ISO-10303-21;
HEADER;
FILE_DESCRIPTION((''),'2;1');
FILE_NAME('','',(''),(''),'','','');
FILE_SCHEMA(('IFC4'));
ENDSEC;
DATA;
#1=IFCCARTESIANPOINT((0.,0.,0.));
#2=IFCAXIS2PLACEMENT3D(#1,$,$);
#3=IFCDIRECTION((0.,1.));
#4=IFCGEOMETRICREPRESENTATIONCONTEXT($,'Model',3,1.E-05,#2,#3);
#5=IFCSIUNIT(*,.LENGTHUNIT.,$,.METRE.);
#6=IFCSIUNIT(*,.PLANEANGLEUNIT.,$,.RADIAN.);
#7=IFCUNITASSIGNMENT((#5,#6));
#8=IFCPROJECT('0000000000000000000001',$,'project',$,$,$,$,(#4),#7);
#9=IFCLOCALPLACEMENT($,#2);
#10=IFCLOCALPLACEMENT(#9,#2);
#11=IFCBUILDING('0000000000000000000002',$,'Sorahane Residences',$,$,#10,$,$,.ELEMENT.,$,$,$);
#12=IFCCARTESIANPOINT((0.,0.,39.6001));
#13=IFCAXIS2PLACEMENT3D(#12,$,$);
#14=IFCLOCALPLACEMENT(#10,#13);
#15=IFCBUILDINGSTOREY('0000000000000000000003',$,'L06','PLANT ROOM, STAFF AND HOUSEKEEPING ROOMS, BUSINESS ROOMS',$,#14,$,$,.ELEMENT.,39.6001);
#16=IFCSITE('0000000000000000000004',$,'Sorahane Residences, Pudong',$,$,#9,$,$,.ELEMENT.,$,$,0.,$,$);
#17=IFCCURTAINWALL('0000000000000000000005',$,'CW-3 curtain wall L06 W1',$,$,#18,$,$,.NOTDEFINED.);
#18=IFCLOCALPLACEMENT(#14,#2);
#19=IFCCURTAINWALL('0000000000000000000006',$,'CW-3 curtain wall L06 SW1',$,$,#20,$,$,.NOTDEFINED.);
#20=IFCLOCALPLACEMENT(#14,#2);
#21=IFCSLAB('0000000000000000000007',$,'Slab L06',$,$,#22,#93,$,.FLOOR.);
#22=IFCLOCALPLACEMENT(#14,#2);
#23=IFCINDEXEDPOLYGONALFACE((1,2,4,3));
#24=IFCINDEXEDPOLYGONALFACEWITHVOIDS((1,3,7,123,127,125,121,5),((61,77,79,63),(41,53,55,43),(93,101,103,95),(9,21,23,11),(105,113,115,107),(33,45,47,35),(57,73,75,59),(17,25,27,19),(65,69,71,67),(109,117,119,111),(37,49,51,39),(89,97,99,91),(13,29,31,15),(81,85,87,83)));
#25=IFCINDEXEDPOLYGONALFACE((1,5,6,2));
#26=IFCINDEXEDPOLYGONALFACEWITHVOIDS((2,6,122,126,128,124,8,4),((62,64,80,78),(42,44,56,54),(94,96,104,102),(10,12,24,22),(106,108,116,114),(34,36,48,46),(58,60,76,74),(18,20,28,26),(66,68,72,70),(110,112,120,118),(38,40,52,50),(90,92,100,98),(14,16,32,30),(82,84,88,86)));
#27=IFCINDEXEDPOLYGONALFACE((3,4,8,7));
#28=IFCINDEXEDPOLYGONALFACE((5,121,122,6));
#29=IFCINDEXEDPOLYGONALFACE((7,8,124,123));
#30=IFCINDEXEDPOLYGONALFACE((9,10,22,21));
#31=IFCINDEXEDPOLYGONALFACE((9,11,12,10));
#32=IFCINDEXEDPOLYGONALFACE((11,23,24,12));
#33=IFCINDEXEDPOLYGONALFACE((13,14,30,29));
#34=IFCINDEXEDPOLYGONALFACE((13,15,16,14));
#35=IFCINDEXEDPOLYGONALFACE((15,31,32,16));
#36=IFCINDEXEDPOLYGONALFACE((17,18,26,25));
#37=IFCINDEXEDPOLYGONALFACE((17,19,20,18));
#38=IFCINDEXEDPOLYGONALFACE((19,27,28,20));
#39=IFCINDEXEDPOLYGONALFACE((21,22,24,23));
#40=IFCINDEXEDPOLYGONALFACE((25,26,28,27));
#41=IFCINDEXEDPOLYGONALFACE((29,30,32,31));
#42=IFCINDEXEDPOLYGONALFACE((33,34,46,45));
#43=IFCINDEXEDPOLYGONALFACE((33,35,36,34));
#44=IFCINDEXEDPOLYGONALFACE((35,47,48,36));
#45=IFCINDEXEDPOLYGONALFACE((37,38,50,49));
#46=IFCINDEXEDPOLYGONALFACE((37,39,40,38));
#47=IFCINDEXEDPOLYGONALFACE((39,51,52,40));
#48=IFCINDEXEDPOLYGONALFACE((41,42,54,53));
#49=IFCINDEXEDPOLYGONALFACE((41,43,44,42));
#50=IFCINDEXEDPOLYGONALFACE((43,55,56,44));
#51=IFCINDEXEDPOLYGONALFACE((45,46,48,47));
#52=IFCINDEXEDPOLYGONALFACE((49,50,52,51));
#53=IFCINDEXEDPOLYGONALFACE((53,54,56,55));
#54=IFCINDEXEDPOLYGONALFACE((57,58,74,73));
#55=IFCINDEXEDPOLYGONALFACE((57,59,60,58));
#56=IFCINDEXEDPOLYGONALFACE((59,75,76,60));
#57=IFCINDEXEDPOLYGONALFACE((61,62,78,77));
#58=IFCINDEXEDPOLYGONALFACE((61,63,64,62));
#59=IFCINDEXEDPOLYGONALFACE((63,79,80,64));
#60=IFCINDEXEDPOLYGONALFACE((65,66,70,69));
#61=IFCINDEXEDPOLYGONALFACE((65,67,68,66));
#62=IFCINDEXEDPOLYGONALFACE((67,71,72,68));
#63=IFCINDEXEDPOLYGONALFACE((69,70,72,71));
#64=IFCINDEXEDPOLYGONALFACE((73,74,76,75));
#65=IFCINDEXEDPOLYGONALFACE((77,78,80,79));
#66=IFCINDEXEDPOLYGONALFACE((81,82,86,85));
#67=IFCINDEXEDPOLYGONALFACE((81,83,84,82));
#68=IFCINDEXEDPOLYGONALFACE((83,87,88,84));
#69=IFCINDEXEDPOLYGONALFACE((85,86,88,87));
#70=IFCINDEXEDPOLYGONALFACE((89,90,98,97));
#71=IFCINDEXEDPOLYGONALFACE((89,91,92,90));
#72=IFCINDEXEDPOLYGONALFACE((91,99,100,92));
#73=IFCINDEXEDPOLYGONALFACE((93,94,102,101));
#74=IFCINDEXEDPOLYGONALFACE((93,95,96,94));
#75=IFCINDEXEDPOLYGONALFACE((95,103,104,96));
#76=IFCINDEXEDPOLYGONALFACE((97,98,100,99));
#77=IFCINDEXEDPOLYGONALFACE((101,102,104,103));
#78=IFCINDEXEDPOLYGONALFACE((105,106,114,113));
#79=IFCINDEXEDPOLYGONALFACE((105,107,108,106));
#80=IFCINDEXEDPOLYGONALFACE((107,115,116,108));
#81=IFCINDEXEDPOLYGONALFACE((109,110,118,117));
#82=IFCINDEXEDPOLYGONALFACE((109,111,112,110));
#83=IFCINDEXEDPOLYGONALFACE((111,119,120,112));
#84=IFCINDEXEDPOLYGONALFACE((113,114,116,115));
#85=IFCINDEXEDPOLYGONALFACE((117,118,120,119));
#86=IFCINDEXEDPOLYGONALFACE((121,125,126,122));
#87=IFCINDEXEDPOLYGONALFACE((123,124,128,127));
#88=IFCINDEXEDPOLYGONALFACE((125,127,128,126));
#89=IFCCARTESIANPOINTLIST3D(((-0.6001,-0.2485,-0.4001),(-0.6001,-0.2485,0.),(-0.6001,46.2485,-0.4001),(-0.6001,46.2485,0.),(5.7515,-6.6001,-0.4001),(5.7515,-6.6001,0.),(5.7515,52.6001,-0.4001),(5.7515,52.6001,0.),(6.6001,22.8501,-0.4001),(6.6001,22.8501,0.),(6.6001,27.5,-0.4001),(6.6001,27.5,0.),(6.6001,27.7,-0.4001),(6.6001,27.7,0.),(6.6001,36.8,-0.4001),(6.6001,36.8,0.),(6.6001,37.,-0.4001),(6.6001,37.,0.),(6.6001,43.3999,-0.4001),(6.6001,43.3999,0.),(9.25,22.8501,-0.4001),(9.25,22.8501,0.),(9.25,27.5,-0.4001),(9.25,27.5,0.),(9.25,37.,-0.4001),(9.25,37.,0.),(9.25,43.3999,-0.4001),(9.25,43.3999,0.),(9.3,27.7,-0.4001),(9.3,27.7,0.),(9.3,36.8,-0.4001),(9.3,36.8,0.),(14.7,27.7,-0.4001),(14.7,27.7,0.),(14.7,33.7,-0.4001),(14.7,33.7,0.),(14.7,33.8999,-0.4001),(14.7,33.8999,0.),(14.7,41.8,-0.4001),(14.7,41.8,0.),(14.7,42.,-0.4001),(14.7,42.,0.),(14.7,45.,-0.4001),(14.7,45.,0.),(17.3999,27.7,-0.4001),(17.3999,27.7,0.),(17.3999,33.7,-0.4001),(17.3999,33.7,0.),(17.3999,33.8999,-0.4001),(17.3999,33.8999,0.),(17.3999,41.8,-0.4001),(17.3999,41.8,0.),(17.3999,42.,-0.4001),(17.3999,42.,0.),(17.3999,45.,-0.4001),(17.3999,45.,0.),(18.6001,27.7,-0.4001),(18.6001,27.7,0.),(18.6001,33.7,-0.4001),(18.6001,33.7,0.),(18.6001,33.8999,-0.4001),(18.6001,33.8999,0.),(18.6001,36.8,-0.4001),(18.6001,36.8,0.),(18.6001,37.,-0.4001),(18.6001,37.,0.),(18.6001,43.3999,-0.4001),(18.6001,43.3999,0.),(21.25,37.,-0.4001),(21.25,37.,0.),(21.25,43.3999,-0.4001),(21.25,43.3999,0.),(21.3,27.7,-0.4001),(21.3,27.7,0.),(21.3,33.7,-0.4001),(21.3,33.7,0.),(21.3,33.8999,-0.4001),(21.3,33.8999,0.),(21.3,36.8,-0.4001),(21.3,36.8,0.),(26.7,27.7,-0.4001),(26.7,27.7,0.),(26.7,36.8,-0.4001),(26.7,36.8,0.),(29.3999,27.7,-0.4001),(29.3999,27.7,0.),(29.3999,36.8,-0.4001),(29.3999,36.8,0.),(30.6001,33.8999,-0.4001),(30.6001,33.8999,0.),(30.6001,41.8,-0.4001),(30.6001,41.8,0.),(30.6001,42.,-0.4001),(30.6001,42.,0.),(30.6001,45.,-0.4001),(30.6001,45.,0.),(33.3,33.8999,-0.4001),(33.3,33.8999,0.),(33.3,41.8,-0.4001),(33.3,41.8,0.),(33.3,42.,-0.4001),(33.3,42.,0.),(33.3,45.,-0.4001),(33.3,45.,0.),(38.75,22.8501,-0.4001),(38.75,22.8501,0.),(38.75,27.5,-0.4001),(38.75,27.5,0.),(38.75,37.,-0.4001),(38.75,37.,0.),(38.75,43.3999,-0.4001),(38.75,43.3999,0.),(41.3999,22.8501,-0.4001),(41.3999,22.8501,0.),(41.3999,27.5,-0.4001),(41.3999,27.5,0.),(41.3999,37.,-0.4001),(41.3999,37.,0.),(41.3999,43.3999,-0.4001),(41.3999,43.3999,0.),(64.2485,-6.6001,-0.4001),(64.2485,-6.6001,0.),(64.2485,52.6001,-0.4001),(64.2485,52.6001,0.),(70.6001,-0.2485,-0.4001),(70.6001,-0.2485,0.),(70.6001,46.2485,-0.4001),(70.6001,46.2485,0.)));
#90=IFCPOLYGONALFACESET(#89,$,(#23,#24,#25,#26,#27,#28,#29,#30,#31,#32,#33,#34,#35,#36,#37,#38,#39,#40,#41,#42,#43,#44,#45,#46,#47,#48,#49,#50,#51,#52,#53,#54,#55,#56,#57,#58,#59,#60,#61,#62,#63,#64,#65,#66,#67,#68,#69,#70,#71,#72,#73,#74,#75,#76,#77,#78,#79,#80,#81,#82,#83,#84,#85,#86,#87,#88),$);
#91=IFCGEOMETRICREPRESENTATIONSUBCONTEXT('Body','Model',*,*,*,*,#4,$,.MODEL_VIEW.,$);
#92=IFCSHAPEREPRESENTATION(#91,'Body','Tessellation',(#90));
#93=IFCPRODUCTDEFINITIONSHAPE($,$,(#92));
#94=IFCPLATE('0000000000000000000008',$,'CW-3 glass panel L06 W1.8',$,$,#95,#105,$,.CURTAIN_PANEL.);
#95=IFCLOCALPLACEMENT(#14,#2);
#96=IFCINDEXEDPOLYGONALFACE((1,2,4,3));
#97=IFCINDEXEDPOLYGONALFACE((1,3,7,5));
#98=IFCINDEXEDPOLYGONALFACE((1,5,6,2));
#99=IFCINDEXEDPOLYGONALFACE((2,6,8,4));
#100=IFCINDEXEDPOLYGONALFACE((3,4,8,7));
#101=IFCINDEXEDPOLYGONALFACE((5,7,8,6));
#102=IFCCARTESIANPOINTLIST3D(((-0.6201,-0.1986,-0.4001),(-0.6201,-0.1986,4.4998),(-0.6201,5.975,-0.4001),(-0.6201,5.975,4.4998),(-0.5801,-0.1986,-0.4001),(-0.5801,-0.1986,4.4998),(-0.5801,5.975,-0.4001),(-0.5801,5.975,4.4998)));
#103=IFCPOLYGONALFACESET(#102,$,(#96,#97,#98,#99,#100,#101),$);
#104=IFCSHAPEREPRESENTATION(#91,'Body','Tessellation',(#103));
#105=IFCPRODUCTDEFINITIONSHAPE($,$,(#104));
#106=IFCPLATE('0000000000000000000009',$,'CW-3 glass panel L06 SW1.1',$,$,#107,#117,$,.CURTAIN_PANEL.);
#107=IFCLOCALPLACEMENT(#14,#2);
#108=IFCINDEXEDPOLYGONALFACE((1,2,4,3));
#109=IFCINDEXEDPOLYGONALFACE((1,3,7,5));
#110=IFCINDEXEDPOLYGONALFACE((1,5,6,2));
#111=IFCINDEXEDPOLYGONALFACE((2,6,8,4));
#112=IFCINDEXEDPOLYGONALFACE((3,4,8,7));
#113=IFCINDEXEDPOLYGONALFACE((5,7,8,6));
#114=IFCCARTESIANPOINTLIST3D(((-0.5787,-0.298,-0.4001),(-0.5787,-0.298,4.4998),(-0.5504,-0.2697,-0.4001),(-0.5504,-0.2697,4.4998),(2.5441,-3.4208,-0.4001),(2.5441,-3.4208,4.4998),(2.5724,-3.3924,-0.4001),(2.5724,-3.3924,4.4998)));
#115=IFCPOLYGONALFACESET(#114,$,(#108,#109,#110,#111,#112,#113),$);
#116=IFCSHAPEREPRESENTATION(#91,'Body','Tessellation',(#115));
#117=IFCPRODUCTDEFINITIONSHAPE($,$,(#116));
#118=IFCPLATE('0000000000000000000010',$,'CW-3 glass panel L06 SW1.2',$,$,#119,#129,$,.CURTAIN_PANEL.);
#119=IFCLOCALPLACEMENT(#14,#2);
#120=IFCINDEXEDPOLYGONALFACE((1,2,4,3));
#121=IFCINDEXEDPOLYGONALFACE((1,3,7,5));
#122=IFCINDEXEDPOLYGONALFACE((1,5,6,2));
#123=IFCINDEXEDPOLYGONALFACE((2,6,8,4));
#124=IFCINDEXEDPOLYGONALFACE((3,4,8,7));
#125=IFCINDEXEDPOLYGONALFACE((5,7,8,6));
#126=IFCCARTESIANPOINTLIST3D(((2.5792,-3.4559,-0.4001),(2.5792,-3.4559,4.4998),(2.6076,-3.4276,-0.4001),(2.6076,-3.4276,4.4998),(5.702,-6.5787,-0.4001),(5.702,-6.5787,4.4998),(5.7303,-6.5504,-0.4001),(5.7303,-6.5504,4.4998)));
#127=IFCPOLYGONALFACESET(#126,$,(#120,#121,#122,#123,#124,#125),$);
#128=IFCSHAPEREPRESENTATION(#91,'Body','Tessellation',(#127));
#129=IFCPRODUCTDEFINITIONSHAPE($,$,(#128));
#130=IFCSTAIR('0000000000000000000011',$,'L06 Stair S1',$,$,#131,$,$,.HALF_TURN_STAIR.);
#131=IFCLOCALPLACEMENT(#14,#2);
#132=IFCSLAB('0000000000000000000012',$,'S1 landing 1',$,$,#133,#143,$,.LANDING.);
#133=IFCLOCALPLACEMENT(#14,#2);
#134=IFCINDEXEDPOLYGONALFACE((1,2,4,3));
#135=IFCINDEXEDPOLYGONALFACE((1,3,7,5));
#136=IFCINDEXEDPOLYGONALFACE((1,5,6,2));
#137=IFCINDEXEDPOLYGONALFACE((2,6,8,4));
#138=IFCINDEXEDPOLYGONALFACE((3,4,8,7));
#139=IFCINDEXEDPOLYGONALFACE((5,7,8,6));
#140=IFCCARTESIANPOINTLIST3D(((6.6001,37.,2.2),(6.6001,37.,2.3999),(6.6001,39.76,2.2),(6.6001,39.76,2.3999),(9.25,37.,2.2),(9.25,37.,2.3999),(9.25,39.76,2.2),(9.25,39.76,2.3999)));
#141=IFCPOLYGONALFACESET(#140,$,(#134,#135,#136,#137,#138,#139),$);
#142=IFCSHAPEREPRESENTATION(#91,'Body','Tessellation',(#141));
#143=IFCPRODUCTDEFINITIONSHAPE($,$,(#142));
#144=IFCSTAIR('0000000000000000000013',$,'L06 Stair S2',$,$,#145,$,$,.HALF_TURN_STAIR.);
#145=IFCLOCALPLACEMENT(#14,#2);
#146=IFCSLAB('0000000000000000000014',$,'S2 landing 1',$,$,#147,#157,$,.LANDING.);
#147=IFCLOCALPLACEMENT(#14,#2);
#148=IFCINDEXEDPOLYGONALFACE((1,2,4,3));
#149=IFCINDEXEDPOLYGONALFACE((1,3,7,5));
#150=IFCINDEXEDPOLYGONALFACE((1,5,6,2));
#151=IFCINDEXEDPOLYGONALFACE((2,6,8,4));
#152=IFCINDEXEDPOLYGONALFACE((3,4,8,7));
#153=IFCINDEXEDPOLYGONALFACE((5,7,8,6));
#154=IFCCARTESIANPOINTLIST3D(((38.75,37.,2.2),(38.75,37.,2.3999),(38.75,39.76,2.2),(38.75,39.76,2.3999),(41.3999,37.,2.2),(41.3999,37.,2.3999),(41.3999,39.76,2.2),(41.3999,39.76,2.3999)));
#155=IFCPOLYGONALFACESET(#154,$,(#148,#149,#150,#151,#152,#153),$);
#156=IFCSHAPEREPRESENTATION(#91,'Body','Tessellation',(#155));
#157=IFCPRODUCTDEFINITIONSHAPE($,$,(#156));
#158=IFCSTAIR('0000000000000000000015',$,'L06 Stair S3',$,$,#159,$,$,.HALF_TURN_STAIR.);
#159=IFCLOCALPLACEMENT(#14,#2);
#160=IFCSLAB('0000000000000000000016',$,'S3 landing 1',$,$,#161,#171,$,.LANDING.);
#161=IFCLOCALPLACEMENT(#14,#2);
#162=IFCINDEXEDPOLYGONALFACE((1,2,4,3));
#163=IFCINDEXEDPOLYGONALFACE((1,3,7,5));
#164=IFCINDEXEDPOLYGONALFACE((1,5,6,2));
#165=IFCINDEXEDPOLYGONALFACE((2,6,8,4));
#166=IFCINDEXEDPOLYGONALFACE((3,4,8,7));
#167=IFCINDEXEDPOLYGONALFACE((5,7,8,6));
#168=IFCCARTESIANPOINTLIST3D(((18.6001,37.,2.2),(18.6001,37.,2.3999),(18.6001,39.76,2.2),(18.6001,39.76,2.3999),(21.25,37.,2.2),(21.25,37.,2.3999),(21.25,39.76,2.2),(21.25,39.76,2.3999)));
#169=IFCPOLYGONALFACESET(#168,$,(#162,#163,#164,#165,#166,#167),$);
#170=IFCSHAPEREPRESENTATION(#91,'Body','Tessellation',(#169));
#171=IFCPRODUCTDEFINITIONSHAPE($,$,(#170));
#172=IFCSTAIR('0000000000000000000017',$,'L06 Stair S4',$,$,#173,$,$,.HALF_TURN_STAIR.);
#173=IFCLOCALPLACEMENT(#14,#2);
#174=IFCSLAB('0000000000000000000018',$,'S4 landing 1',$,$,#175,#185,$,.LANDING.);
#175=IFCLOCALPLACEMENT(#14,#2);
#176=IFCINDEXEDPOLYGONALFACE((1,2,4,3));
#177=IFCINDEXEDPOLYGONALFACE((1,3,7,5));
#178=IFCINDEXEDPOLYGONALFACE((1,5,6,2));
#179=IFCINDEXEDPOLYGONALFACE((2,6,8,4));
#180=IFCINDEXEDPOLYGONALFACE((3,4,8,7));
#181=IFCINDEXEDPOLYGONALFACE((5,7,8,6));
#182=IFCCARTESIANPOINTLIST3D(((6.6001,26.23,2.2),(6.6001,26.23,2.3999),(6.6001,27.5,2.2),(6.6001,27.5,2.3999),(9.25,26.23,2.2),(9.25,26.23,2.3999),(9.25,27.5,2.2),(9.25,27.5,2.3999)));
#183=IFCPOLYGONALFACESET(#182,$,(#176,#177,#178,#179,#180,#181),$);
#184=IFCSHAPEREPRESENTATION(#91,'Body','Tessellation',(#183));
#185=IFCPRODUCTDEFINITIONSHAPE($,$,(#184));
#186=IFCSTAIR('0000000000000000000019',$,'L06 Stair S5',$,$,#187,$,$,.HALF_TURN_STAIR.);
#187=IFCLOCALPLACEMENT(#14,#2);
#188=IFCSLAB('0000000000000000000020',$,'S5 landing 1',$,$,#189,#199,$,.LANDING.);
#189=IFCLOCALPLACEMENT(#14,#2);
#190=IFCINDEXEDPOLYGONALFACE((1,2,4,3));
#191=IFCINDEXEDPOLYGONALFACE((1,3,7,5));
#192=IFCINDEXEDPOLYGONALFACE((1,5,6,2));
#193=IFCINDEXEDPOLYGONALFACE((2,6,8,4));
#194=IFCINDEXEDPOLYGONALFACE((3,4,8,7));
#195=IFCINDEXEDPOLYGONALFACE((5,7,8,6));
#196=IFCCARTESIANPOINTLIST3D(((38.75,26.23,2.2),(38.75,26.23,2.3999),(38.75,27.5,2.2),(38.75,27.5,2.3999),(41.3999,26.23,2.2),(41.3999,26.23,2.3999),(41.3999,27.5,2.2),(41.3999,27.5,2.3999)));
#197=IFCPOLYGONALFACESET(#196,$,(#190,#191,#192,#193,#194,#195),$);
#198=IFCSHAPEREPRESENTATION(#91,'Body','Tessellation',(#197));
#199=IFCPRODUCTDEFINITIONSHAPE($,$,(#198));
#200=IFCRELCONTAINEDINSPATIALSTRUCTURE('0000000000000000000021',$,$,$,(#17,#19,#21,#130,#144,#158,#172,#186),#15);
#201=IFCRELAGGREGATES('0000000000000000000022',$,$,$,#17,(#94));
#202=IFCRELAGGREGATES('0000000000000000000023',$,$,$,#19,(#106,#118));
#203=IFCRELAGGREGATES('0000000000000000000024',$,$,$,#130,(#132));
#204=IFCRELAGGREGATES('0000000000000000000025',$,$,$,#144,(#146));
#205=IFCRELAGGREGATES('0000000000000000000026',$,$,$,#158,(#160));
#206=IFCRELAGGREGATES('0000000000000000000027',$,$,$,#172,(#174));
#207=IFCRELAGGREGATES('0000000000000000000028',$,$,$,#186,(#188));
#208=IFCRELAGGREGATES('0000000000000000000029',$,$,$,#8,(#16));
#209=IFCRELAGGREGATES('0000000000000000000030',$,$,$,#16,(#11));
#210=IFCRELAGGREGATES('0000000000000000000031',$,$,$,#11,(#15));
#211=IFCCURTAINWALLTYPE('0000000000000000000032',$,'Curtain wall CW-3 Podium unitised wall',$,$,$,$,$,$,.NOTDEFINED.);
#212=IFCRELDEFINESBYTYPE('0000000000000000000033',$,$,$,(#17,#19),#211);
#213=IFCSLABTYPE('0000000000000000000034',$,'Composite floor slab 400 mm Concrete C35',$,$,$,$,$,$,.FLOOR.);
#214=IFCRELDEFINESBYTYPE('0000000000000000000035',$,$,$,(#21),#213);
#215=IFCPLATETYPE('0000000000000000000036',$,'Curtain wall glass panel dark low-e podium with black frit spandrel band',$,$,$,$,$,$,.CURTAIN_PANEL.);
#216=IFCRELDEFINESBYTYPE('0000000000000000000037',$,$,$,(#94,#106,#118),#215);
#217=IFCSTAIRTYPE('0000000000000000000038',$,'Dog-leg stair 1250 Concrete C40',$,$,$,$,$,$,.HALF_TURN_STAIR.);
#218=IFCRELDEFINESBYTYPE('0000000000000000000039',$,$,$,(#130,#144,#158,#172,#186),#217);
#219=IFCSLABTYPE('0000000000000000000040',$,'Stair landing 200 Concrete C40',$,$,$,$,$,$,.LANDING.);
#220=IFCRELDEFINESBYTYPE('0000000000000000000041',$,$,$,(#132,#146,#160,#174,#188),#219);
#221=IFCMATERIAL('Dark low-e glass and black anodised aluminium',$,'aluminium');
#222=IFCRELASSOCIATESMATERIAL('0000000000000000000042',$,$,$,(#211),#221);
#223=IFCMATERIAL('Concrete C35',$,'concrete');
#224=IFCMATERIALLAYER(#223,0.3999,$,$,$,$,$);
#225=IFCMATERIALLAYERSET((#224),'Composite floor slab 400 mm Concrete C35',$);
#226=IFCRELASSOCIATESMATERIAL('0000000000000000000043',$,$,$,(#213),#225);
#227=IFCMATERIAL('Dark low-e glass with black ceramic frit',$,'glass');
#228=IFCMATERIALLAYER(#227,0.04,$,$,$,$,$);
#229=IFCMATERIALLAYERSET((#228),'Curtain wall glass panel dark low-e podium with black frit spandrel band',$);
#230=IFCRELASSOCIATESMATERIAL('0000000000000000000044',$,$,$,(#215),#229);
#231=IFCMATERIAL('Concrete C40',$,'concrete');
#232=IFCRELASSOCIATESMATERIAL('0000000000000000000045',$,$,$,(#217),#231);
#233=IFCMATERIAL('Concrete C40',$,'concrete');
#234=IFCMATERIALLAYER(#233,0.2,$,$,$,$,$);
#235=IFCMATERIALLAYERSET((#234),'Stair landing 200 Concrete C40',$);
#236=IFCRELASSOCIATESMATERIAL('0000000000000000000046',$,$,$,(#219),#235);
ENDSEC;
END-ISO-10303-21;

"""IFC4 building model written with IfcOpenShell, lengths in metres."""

from ifc_helpers import new_model, si_unit, direction, frame, origin, origin_2d, place, context, subcontext, project, spatial, polyline, rectangle, outline, extrude, material, layer, layer_set, type_object, element, aggregate, save


model = new_model("IFC4")

# Units and contexts
model_context = context("Model", 3, precision=1e-05, world=origin(), true_north=direction((0.0, 1.0)))
body_context = subcontext(model_context, "Body", "Model", "MODEL_VIEW")
ifc_project = project(units=[si_unit("LENGTHUNIT", "METRE"), si_unit("PLANEANGLEUNIT", "RADIAN")], contexts=[model_context])

# Site, building, storey
site_placement = place(None, origin())
site = spatial("IfcSite", under=ifc_project, at=site_placement, Name="Sorahane Residences, Pudong", CompositionType="ELEMENT", RefElevation=0.0)
building_placement = place(site_placement, origin())
building = spatial("IfcBuilding", under=site, at=building_placement, Name="Sorahane Residences", CompositionType="ELEMENT")
storey_placement = place(building_placement, frame((0.0, 0.0, 39.6001)))
storey = spatial("IfcBuildingStorey", under=building, at=storey_placement, Name="L06", Description="PLANT ROOM, STAFF AND HOUSEKEEPING ROOMS, BUSINESS ROOMS", CompositionType="ELEMENT", Elevation=39.6001)

# Curtain walls
ifc_material_1 = material(Name="Dark low-e glass and black anodised aluminium", Category="aluminium")
curtain_wall_type = type_object("IfcCurtainWallType", Name="Curtain wall CW-3 Podium unitised wall", PredefinedType="NOTDEFINED", material=ifc_material_1)
curtain_wall_1_placement = place(storey_placement, origin())
curtain_wall_1 = element("IfcCurtainWall", 1, at=curtain_wall_1_placement, inside=storey, type_object=curtain_wall_type, Name="CW-3 curtain wall L06 W1", PredefinedType="NOTDEFINED")
curtain_wall_2_placement = place(storey_placement, origin())
curtain_wall_2 = element("IfcCurtainWall", 2, at=curtain_wall_2_placement, inside=storey, type_object=curtain_wall_type, Name="CW-3 curtain wall L06 SW1", PredefinedType="NOTDEFINED")

# Slab
ifc_material_2 = material(Name="Concrete C35", Category="concrete")
ifc_layer_1 = layer(ifc_material_2, 0.3999)
ifc_layer_set_1 = layer_set([ifc_layer_1], Name="Composite floor slab 400 mm Concrete C35")
slab_type_1 = type_object("IfcSlabType", Name="Composite floor slab 400 mm Concrete C35", PredefinedType="FLOOR", material=ifc_layer_set_1)
slab_1_placement = place(storey_placement, frame((0.0, 0.0, -0.4001)))
element("IfcSlab", 3, at=slab_1_placement, inside=storey, type_object=slab_type_1, Name="Slab L06", PredefinedType="FLOOR", context=body_context, shape_type="SweptSolid", body=[
    extrude(outline(polyline([(5.7515, -6.6001), (-0.6001, -0.2485), (-0.6001, 46.2485), (5.7515, 52.6001), (64.2485, 52.6001), (70.6001, 46.2485), (70.6001, -0.2485), (64.2485, -6.6001), (5.7515, -6.6001)]), holes=[polyline([(18.6001, 27.7), (21.3, 27.7), (21.3, 33.7), (18.6001, 33.7), (18.6001, 27.7)]), polyline([(30.6001, 42.0), (33.3, 42.0), (33.3, 45.0), (30.6001, 45.0), (30.6001, 42.0)]), polyline([(14.7, 27.7), (17.3999, 27.7), (17.3999, 33.7), (14.7, 33.7), (14.7, 27.7)]), polyline([(14.7, 42.0), (17.3999, 42.0), (17.3999, 45.0), (14.7, 45.0), (14.7, 42.0)]), polyline([(6.6001, 27.7), (9.3, 27.7), (9.3, 36.8), (6.6001, 36.8), (6.6001, 27.7)]), polyline([(6.6001, 43.3999), (6.6001, 37.0), (9.25, 37.0), (9.25, 43.3999), (6.6001, 43.3999)]), polyline([(38.75, 43.3999), (38.75, 37.0), (41.3999, 37.0), (41.3999, 43.3999), (38.75, 43.3999)]), polyline([(18.6001, 43.3999), (18.6001, 37.0), (21.25, 37.0), (21.25, 43.3999), (18.6001, 43.3999)]), polyline([(9.25, 22.8501), (9.25, 27.5), (6.6001, 27.5), (6.6001, 22.8501), (9.25, 22.8501)]), polyline([(41.3999, 22.8501), (41.3999, 27.5), (38.75, 27.5), (38.75, 22.8501), (41.3999, 22.8501)]), polyline([(14.7, 33.8999), (17.3999, 33.8999), (17.3999, 41.8), (14.7, 41.8), (14.7, 33.8999)]), polyline([(30.6001, 33.8999), (33.3, 33.8999), (33.3, 41.8), (30.6001, 41.8), (30.6001, 33.8999)]), polyline([(18.6001, 33.8999), (21.3, 33.8999), (21.3, 36.8), (18.6001, 36.8), (18.6001, 33.8999)]), polyline([(26.7, 27.7), (29.3999, 27.7), (29.3999, 36.8), (26.7, 36.8), (26.7, 27.7)])]), origin(), (0.0, 0.0, 1.0), 0.4001),
])

# Plates
ifc_material_3 = material(Name="Dark low-e glass with black ceramic frit", Category="glass")
ifc_layer_2 = layer(ifc_material_3, 0.04)
ifc_layer_set_2 = layer_set([ifc_layer_2], Name="Curtain wall glass panel dark low-e podium with black frit spandrel band")
plate_type = type_object("IfcPlateType", Name="Curtain wall glass panel dark low-e podium with black frit spandrel band", PredefinedType="CURTAIN_PANEL", material=ifc_layer_set_2)
plate_1_placement = place(storey_placement, frame((-0.6001, 2.8882, -0.4001), z_axis=(0.0, 0.0, 1.0), x_axis=(0.0, -1.0, 0.0)))
plate_1 = element("IfcPlate", 4, at=plate_1_placement, type_object=plate_type, Name="CW-3 glass panel L06 W1.8", PredefinedType="CURTAIN_PANEL", context=body_context, shape_type="SweptSolid", body=[
    extrude(rectangle(XDim=6.1736, YDim=0.04, at=origin_2d()), origin(), (0.0, 0.0, 1.0), 4.8999),
])
aggregate(curtain_wall_1, [plate_1])
plate_2_placement = place(storey_placement, frame((0.9968, -1.8452, -0.4001), z_axis=(0.0, 0.0, 1.0), x_axis=(0.707107, -0.707107, 0.0)))
plate_2 = element("IfcPlate", 5, at=plate_2_placement, type_object=plate_type, Name="CW-3 glass panel L06 SW1.1", PredefinedType="CURTAIN_PANEL", context=body_context, shape_type="SweptSolid", body=[
    extrude(rectangle(XDim=4.4163, YDim=0.04, at=origin_2d()), origin(), (0.0, 0.0, 1.0), 4.8999),
])
plate_3_placement = place(storey_placement, frame((4.1548, -5.0032, -0.4001), z_axis=(0.0, 0.0, 1.0), x_axis=(0.707107, -0.707107, 0.0)))
plate_3 = element("IfcPlate", 6, at=plate_3_placement, type_object=plate_type, Name="CW-3 glass panel L06 SW1.2", PredefinedType="CURTAIN_PANEL", context=body_context, shape_type="SweptSolid", body=[
    extrude(rectangle(XDim=4.4163, YDim=0.04, at=origin_2d()), origin(), (0.0, 0.0, 1.0), 4.8999),
])
aggregate(curtain_wall_2, [plate_2, plate_3])

# Stairs, slabs
ifc_material_4 = material(Name="Concrete C40", Category="concrete")
stair_type = type_object("IfcStairType", Name="Dog-leg stair 1250 Concrete C40", PredefinedType="HALF_TURN_STAIR", material=ifc_material_4)
stair_1_placement = place(storey_placement, origin())
stair_1 = element("IfcStair", 7, at=stair_1_placement, inside=storey, type_object=stair_type, Name="L06 Stair S1", PredefinedType="HALF_TURN_STAIR")
ifc_material_5 = material(Name="Concrete C40", Category="concrete")
ifc_layer_3 = layer(ifc_material_5, 0.2)
ifc_layer_set_3 = layer_set([ifc_layer_3], Name="Stair landing 200 Concrete C40")
slab_type_2 = type_object("IfcSlabType", Name="Stair landing 200 Concrete C40", PredefinedType="LANDING", material=ifc_layer_set_3)
slab_2_placement = place(storey_placement, frame((0.0, 0.0, 2.2)))
slab_2 = element("IfcSlab", 8, at=slab_2_placement, type_object=slab_type_2, Name="S1 landing 1", PredefinedType="LANDING", context=body_context, shape_type="SweptSolid", body=[
    extrude(outline(polyline([(6.6001, 39.76), (6.6001, 37.0), (9.25, 37.0), (9.25, 39.76), (6.6001, 39.76)])), origin(), (0.0, 0.0, 1.0), 0.2),
])
aggregate(stair_1, [slab_2])
stair_2_placement = place(storey_placement, origin())
stair_2 = element("IfcStair", 9, at=stair_2_placement, inside=storey, type_object=stair_type, Name="L06 Stair S2", PredefinedType="HALF_TURN_STAIR")
slab_3_placement = place(storey_placement, frame((0.0, 0.0, 2.2)))
slab_3 = element("IfcSlab", 10, at=slab_3_placement, type_object=slab_type_2, Name="S2 landing 1", PredefinedType="LANDING", context=body_context, shape_type="SweptSolid", body=[
    extrude(outline(polyline([(38.75, 39.76), (38.75, 37.0), (41.3999, 37.0), (41.3999, 39.76), (38.75, 39.76)])), origin(), (0.0, 0.0, 1.0), 0.2),
])
aggregate(stair_2, [slab_3])
stair_3_placement = place(storey_placement, origin())
stair_3 = element("IfcStair", 11, at=stair_3_placement, inside=storey, type_object=stair_type, Name="L06 Stair S3", PredefinedType="HALF_TURN_STAIR")
slab_4_placement = place(storey_placement, frame((0.0, 0.0, 2.2)))
slab_4 = element("IfcSlab", 12, at=slab_4_placement, type_object=slab_type_2, Name="S3 landing 1", PredefinedType="LANDING", context=body_context, shape_type="SweptSolid", body=[
    extrude(outline(polyline([(18.6001, 39.76), (18.6001, 37.0), (21.25, 37.0), (21.25, 39.76), (18.6001, 39.76)])), origin(), (0.0, 0.0, 1.0), 0.2),
])
aggregate(stair_3, [slab_4])
stair_4_placement = place(storey_placement, origin())
stair_4 = element("IfcStair", 13, at=stair_4_placement, inside=storey, type_object=stair_type, Name="L06 Stair S4", PredefinedType="HALF_TURN_STAIR")
slab_5_placement = place(storey_placement, frame((0.0, 0.0, 2.2)))
slab_5 = element("IfcSlab", 14, at=slab_5_placement, type_object=slab_type_2, Name="S4 landing 1", PredefinedType="LANDING", context=body_context, shape_type="SweptSolid", body=[
    extrude(outline(polyline([(9.25, 26.23), (9.25, 27.5), (6.6001, 27.5), (6.6001, 26.23), (9.25, 26.23)])), origin(), (0.0, 0.0, 1.0), 0.2),
])
aggregate(stair_4, [slab_5])
stair_5_placement = place(storey_placement, origin())
stair_5 = element("IfcStair", 15, at=stair_5_placement, inside=storey, type_object=stair_type, Name="L06 Stair S5", PredefinedType="HALF_TURN_STAIR")
slab_6_placement = place(storey_placement, frame((0.0, 0.0, 2.2)))
slab_6 = element("IfcSlab", 16, at=slab_6_placement, type_object=slab_type_2, Name="S5 landing 1", PredefinedType="LANDING", context=body_context, shape_type="SweptSolid", body=[
    extrude(outline(polyline([(41.3999, 26.23), (41.3999, 27.5), (38.75, 27.5), (38.75, 26.23), (41.3999, 26.23)])), origin(), (0.0, 0.0, 1.0), 0.2),
])
aggregate(stair_5, [slab_6])

save(model, "model.ifc")
